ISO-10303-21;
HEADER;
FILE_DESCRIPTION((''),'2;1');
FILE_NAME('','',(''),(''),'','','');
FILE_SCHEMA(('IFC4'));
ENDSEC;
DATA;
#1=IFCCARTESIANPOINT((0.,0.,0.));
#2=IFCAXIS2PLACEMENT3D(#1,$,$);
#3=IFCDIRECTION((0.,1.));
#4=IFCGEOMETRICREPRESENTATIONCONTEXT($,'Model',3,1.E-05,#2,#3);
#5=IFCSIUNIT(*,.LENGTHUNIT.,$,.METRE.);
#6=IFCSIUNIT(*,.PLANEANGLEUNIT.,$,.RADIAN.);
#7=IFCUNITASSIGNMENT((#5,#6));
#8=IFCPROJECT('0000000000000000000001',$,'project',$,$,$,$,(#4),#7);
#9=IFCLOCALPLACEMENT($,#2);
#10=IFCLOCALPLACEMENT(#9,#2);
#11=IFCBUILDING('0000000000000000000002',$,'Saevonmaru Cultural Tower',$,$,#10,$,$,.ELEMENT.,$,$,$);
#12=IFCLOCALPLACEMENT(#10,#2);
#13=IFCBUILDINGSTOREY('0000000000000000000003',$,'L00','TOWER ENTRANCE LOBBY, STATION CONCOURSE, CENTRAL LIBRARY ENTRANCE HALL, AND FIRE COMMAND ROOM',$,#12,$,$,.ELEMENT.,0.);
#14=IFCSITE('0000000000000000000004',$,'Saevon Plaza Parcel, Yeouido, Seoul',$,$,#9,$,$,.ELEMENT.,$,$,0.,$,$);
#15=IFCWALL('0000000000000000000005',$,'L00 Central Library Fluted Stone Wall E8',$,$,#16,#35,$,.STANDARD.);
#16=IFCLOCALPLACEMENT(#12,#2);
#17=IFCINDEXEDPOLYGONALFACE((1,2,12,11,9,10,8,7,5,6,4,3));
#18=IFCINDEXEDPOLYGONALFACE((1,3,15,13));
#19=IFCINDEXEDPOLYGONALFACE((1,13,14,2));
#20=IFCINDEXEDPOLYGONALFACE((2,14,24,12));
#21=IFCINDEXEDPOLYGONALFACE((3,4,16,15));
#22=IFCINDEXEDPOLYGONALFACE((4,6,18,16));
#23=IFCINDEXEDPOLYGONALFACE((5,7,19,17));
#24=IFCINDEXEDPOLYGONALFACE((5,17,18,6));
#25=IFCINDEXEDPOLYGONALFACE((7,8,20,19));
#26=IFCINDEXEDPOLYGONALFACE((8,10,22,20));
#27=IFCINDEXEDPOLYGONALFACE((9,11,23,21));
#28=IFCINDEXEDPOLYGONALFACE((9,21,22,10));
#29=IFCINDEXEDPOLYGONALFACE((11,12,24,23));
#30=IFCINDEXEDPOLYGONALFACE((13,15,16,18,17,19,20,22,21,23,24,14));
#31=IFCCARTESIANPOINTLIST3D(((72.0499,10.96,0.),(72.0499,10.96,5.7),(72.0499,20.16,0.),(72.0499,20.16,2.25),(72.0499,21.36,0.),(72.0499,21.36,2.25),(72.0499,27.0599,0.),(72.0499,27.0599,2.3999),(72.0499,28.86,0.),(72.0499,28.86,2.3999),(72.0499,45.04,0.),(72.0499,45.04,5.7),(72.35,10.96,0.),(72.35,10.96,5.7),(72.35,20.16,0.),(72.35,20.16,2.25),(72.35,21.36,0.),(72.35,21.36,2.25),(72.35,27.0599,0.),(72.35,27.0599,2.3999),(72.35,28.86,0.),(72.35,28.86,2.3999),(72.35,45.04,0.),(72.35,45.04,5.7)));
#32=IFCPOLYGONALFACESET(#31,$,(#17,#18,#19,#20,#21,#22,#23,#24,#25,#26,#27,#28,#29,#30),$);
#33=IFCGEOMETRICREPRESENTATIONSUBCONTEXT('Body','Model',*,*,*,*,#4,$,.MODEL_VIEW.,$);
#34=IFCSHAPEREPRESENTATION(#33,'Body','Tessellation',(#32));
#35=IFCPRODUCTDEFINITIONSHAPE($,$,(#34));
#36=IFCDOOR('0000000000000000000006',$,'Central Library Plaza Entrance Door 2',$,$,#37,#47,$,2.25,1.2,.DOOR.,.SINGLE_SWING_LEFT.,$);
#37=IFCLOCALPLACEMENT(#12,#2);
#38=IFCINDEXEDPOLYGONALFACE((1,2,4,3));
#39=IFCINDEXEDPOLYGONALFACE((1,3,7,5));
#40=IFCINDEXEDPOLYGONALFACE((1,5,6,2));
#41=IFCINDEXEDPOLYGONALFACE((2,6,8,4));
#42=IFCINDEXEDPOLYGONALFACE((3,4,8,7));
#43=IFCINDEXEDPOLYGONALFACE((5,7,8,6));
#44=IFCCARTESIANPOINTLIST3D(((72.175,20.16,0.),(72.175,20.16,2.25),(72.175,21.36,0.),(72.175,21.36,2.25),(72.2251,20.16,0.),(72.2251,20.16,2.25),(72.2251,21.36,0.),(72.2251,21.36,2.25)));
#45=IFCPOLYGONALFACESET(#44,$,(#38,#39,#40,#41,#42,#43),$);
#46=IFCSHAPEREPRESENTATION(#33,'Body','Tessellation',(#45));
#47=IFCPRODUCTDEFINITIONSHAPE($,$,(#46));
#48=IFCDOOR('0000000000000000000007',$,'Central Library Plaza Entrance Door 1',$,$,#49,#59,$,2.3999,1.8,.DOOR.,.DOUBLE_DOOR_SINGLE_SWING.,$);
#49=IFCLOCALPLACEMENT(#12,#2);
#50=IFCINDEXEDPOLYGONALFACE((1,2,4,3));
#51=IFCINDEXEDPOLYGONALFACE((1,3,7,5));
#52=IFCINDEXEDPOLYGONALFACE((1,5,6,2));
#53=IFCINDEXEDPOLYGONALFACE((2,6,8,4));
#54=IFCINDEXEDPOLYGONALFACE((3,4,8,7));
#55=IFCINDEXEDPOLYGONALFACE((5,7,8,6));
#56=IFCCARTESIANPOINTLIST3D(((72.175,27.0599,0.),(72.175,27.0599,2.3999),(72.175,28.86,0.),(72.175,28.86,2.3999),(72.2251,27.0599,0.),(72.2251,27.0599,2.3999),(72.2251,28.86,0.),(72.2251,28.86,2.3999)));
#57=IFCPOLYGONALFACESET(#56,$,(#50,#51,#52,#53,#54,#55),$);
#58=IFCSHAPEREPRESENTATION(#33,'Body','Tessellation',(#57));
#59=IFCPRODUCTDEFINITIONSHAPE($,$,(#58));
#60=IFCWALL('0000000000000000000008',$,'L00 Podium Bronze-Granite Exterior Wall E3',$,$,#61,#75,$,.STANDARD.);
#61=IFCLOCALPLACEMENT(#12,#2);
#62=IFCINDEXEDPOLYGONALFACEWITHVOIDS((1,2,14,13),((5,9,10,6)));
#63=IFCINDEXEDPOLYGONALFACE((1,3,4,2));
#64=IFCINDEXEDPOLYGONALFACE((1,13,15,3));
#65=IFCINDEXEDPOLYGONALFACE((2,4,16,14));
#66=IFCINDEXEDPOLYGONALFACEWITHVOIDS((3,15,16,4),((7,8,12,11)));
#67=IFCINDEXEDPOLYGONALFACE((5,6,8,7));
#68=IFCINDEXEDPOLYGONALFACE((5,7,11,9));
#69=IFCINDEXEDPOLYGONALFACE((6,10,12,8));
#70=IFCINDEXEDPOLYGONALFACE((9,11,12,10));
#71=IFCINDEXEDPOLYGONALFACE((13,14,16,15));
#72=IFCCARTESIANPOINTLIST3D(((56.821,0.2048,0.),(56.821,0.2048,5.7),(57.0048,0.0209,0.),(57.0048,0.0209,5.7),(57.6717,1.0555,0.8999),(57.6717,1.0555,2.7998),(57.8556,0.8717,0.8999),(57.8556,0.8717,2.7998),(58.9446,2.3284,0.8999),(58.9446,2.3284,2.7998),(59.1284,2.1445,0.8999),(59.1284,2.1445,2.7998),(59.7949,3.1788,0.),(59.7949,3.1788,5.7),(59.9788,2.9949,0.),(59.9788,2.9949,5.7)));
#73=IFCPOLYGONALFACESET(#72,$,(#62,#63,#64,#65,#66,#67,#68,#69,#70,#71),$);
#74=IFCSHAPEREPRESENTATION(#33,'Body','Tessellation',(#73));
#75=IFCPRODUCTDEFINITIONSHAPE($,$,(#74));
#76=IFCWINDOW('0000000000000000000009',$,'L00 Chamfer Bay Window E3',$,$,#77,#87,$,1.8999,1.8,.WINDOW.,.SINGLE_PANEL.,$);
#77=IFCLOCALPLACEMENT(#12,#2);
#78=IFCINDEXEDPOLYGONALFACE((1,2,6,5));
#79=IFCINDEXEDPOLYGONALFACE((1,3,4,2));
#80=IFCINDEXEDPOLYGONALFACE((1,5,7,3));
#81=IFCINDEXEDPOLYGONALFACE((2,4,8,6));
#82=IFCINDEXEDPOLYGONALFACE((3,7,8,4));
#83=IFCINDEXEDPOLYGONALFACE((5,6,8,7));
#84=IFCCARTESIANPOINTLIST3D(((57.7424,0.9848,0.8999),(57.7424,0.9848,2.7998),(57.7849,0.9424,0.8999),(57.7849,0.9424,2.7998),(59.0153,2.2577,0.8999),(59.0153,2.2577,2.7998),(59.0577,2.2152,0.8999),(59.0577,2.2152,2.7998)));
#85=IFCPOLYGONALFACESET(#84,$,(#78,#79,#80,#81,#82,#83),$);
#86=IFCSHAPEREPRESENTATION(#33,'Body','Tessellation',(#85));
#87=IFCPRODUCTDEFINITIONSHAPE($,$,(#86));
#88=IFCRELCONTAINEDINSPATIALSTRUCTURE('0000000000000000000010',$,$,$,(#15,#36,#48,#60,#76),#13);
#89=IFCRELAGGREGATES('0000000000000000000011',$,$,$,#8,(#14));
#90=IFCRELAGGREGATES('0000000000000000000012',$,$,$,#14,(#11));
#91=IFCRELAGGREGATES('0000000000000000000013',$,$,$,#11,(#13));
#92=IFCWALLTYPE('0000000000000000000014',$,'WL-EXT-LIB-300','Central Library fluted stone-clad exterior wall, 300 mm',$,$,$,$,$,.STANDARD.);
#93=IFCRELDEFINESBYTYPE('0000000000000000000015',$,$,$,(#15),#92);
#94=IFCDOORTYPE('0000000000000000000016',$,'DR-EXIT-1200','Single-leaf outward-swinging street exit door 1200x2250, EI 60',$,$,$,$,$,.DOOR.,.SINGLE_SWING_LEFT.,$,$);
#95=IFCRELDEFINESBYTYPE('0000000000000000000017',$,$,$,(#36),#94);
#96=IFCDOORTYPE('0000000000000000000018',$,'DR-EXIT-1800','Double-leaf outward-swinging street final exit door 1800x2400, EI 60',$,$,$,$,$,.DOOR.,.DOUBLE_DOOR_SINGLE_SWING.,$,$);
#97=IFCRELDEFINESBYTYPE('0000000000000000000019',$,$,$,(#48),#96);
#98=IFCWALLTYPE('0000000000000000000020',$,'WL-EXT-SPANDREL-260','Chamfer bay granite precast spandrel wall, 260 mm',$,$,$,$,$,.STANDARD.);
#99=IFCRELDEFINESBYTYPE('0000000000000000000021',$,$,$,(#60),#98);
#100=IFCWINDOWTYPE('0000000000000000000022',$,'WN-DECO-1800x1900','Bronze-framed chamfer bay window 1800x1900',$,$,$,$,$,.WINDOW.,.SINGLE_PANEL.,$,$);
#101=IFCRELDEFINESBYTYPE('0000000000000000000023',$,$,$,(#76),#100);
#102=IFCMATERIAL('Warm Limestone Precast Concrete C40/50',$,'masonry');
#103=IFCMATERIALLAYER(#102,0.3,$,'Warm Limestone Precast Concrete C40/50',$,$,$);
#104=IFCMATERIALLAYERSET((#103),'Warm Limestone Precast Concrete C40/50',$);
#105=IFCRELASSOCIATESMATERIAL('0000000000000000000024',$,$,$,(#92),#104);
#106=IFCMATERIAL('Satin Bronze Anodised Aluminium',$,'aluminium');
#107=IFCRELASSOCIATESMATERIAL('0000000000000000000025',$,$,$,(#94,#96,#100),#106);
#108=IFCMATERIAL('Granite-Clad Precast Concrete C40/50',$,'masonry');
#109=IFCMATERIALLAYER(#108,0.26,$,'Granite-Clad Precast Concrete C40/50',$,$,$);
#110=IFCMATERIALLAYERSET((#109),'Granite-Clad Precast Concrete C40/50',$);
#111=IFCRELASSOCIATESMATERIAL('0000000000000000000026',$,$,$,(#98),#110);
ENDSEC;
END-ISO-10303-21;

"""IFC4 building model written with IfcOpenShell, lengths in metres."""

from ifc_helpers import new_model, si_unit, direction, frame, frame_2d, origin, place, context, subcontext, project, spatial, rectangle, extrude, material, layer, layer_set, type_object, element, fill, save


model = new_model("IFC4")

# Units and contexts
model_context = context("Model", 3, precision=1e-05, world=origin(), true_north=direction((0.0, 1.0)))
body_context = subcontext(model_context, "Body", "Model", "MODEL_VIEW")
ifc_project = project(units=[si_unit("LENGTHUNIT", "METRE"), si_unit("PLANEANGLEUNIT", "RADIAN")], contexts=[model_context])

# Site, building, storey
site_placement = place(None, origin())
site = spatial("IfcSite", under=ifc_project, at=site_placement, Name="Saevon Plaza Parcel, Yeouido, Seoul", CompositionType="ELEMENT", RefElevation=0.0)
building_placement = place(site_placement, origin())
building = spatial("IfcBuilding", under=site, at=building_placement, Name="Saevonmaru Cultural Tower", CompositionType="ELEMENT")
storey_placement = place(building_placement, origin())
storey = spatial("IfcBuildingStorey", under=building, at=storey_placement, Name="L00", Description="TOWER ENTRANCE LOBBY, STATION CONCOURSE, CENTRAL LIBRARY ENTRANCE HALL, AND FIRE COMMAND ROOM", CompositionType="ELEMENT", Elevation=0.0)

# Wall, openings, doors
ifc_material_1 = material(Name="Warm Limestone Precast Concrete C40/50", Category="masonry")
ifc_layer_1 = layer(ifc_material_1, 0.3, Name="Warm Limestone Precast Concrete C40/50")
ifc_layer_set_1 = layer_set([ifc_layer_1], Name="Warm Limestone Precast Concrete C40/50")
wall_type_1 = type_object("IfcWallType", Name="WL-EXT-LIB-300", Description="Central Library fluted stone-clad exterior wall, 300 mm", PredefinedType="STANDARD", material=ifc_layer_set_1)
wall_1_placement = place(storey_placement, frame((72.2, 10.96, 0.0), z_axis=(0.0, 0.0, 1.0), x_axis=(0.0, 1.0, 0.0)))
wall_1 = element("IfcWall", 1, at=wall_1_placement, inside=storey, type_object=wall_type_1, Name="L00 Central Library Fluted Stone Wall E8", PredefinedType="STANDARD", context=body_context, shape_type="SweptSolid", body=[
    extrude(rectangle(XDim=34.0801, YDim=0.3, at=frame_2d((17.04, 0.0))), origin(), (0.0, 0.0, 1.0), 5.7),
])
opening_1_placement = place(wall_1_placement, frame((16.1001, 0.0, 0.0)))
opening_1 = element("IfcOpeningElement", 2, at=opening_1_placement, cuts=wall_1, PredefinedType="OPENING", context=body_context, shape_type="SweptSolid", body=[
    extrude(rectangle(XDim=1.8, YDim=2.3999, at=frame_2d((0.8999, 1.2))), frame((0.0, 0.1602, 0.0), z_axis=(0.0, -1.0, 0.0), x_axis=(1.0, 0.0, 0.0)), (0.0, 0.0, 1.0), 0.3201),
])
opening_2_placement = place(wall_1_placement, frame((9.2, 0.0, 0.0)))
opening_2 = element("IfcOpeningElement", 3, at=opening_2_placement, cuts=wall_1, PredefinedType="OPENING", context=body_context, shape_type="SweptSolid", body=[
    extrude(rectangle(XDim=1.2, YDim=2.25, at=frame_2d((0.6001, 1.125))), frame((0.0, 0.1602, 0.0), z_axis=(0.0, -1.0, 0.0), x_axis=(1.0, 0.0, 0.0)), (0.0, 0.0, 1.0), 0.3201),
])
ifc_material_2 = material(Name="Satin Bronze Anodised Aluminium", Category="aluminium")
door_type_1 = type_object("IfcDoorType", Name="DR-EXIT-1200", Description="Single-leaf outward-swinging street exit door 1200x2250, EI 60", OperationType="SINGLE_SWING_LEFT", PredefinedType="DOOR", material=ifc_material_2)
door_1_placement = place(opening_2_placement, origin())
door_1 = element("IfcDoor", 4, at=door_1_placement, inside=storey, type_object=door_type_1, Name="Central Library Plaza Entrance Door 2", OperationType="SINGLE_SWING_LEFT", OverallHeight=2.25, OverallWidth=1.2, PredefinedType="DOOR", context=body_context, shape_type="SweptSolid", body=[
    extrude(rectangle(XDim=1.2, YDim=2.25, at=frame_2d((0.6001, 1.125))), frame((0.0, 0.0249, 0.0), z_axis=(0.0, -1.0, 0.0), x_axis=(1.0, 0.0, 0.0)), (0.0, 0.0, 1.0), 0.05),
])
fill(opening_2, door_1)
door_type_2 = type_object("IfcDoorType", Name="DR-EXIT-1800", Description="Double-leaf outward-swinging street final exit door 1800x2400, EI 60", OperationType="DOUBLE_DOOR_SINGLE_SWING", PredefinedType="DOOR", material=ifc_material_2)
door_2_placement = place(opening_1_placement, origin())
door_2 = element("IfcDoor", 5, at=door_2_placement, inside=storey, type_object=door_type_2, Name="Central Library Plaza Entrance Door 1", OperationType="DOUBLE_DOOR_SINGLE_SWING", OverallHeight=2.3999, OverallWidth=1.8, PredefinedType="DOOR", context=body_context, shape_type="SweptSolid", body=[
    extrude(rectangle(XDim=1.8, YDim=2.3999, at=frame_2d((0.8999, 1.2))), frame((0.0, 0.0249, 0.0), z_axis=(0.0, -1.0, 0.0), x_axis=(1.0, 0.0, 0.0)), (0.0, 0.0, 1.0), 0.05),
])
fill(opening_1, door_2)

# Wall, opening, window
ifc_material_3 = material(Name="Granite-Clad Precast Concrete C40/50", Category="masonry")
ifc_layer_2 = layer(ifc_material_3, 0.26, Name="Granite-Clad Precast Concrete C40/50")
ifc_layer_set_2 = layer_set([ifc_layer_2], Name="Granite-Clad Precast Concrete C40/50")
wall_type_2 = type_object("IfcWallType", Name="WL-EXT-SPANDREL-260", Description="Chamfer bay granite precast spandrel wall, 260 mm", PredefinedType="STANDARD", material=ifc_layer_set_2)
wall_2_placement = place(storey_placement, frame((59.887, 3.0869, 0.0), z_axis=(0.0, 0.0, 1.0), x_axis=(-0.707107, -0.707107, 0.0)))
wall_2 = element("IfcWall", 6, at=wall_2_placement, inside=storey, type_object=wall_type_2, Name="L00 Podium Bronze-Granite Exterior Wall E3", PredefinedType="STANDARD", context=body_context, shape_type="SweptSolid", body=[
    extrude(rectangle(XDim=4.2058, YDim=0.26, at=frame_2d((2.103, 0.0))), origin(), (0.0, 0.0, 1.0), 5.7),
])
opening_3_placement = place(wall_2_placement, frame((1.2029, 0.0, 0.8999)))
opening_3 = element("IfcOpeningElement", 7, at=opening_3_placement, cuts=wall_2, PredefinedType="OPENING", context=body_context, shape_type="SweptSolid", body=[
    extrude(rectangle(XDim=1.8, YDim=1.8999, at=frame_2d((0.8999, 0.95))), frame((0.0, 0.1401, 0.0), z_axis=(0.0, -1.0, 0.0), x_axis=(1.0, 0.0, 0.0)), (0.0, 0.0, 1.0), 0.28),
])
window_type_1 = type_object("IfcWindowType", Name="WN-DECO-1800x1900", Description="Bronze-framed chamfer bay window 1800x1900", PartitioningType="SINGLE_PANEL", PredefinedType="WINDOW", material=ifc_material_2)
window_1_placement = place(opening_3_placement, origin())
window_1 = element("IfcWindow", 8, at=window_1_placement, inside=storey, type_object=window_type_1, Name="L00 Chamfer Bay Window E3", OverallHeight=1.8999, OverallWidth=1.8, PartitioningType="SINGLE_PANEL", PredefinedType="WINDOW", context=body_context, shape_type="SweptSolid", body=[
    extrude(rectangle(XDim=1.8, YDim=1.8999, at=frame_2d((0.8999, 0.95))), frame((0.0, 0.03, 0.0), z_axis=(0.0, -1.0, 0.0), x_axis=(1.0, 0.0, 0.0)), (0.0, 0.0, 1.0), 0.0601),
])
fill(opening_3, window_1)

save(model, "model.ifc")
